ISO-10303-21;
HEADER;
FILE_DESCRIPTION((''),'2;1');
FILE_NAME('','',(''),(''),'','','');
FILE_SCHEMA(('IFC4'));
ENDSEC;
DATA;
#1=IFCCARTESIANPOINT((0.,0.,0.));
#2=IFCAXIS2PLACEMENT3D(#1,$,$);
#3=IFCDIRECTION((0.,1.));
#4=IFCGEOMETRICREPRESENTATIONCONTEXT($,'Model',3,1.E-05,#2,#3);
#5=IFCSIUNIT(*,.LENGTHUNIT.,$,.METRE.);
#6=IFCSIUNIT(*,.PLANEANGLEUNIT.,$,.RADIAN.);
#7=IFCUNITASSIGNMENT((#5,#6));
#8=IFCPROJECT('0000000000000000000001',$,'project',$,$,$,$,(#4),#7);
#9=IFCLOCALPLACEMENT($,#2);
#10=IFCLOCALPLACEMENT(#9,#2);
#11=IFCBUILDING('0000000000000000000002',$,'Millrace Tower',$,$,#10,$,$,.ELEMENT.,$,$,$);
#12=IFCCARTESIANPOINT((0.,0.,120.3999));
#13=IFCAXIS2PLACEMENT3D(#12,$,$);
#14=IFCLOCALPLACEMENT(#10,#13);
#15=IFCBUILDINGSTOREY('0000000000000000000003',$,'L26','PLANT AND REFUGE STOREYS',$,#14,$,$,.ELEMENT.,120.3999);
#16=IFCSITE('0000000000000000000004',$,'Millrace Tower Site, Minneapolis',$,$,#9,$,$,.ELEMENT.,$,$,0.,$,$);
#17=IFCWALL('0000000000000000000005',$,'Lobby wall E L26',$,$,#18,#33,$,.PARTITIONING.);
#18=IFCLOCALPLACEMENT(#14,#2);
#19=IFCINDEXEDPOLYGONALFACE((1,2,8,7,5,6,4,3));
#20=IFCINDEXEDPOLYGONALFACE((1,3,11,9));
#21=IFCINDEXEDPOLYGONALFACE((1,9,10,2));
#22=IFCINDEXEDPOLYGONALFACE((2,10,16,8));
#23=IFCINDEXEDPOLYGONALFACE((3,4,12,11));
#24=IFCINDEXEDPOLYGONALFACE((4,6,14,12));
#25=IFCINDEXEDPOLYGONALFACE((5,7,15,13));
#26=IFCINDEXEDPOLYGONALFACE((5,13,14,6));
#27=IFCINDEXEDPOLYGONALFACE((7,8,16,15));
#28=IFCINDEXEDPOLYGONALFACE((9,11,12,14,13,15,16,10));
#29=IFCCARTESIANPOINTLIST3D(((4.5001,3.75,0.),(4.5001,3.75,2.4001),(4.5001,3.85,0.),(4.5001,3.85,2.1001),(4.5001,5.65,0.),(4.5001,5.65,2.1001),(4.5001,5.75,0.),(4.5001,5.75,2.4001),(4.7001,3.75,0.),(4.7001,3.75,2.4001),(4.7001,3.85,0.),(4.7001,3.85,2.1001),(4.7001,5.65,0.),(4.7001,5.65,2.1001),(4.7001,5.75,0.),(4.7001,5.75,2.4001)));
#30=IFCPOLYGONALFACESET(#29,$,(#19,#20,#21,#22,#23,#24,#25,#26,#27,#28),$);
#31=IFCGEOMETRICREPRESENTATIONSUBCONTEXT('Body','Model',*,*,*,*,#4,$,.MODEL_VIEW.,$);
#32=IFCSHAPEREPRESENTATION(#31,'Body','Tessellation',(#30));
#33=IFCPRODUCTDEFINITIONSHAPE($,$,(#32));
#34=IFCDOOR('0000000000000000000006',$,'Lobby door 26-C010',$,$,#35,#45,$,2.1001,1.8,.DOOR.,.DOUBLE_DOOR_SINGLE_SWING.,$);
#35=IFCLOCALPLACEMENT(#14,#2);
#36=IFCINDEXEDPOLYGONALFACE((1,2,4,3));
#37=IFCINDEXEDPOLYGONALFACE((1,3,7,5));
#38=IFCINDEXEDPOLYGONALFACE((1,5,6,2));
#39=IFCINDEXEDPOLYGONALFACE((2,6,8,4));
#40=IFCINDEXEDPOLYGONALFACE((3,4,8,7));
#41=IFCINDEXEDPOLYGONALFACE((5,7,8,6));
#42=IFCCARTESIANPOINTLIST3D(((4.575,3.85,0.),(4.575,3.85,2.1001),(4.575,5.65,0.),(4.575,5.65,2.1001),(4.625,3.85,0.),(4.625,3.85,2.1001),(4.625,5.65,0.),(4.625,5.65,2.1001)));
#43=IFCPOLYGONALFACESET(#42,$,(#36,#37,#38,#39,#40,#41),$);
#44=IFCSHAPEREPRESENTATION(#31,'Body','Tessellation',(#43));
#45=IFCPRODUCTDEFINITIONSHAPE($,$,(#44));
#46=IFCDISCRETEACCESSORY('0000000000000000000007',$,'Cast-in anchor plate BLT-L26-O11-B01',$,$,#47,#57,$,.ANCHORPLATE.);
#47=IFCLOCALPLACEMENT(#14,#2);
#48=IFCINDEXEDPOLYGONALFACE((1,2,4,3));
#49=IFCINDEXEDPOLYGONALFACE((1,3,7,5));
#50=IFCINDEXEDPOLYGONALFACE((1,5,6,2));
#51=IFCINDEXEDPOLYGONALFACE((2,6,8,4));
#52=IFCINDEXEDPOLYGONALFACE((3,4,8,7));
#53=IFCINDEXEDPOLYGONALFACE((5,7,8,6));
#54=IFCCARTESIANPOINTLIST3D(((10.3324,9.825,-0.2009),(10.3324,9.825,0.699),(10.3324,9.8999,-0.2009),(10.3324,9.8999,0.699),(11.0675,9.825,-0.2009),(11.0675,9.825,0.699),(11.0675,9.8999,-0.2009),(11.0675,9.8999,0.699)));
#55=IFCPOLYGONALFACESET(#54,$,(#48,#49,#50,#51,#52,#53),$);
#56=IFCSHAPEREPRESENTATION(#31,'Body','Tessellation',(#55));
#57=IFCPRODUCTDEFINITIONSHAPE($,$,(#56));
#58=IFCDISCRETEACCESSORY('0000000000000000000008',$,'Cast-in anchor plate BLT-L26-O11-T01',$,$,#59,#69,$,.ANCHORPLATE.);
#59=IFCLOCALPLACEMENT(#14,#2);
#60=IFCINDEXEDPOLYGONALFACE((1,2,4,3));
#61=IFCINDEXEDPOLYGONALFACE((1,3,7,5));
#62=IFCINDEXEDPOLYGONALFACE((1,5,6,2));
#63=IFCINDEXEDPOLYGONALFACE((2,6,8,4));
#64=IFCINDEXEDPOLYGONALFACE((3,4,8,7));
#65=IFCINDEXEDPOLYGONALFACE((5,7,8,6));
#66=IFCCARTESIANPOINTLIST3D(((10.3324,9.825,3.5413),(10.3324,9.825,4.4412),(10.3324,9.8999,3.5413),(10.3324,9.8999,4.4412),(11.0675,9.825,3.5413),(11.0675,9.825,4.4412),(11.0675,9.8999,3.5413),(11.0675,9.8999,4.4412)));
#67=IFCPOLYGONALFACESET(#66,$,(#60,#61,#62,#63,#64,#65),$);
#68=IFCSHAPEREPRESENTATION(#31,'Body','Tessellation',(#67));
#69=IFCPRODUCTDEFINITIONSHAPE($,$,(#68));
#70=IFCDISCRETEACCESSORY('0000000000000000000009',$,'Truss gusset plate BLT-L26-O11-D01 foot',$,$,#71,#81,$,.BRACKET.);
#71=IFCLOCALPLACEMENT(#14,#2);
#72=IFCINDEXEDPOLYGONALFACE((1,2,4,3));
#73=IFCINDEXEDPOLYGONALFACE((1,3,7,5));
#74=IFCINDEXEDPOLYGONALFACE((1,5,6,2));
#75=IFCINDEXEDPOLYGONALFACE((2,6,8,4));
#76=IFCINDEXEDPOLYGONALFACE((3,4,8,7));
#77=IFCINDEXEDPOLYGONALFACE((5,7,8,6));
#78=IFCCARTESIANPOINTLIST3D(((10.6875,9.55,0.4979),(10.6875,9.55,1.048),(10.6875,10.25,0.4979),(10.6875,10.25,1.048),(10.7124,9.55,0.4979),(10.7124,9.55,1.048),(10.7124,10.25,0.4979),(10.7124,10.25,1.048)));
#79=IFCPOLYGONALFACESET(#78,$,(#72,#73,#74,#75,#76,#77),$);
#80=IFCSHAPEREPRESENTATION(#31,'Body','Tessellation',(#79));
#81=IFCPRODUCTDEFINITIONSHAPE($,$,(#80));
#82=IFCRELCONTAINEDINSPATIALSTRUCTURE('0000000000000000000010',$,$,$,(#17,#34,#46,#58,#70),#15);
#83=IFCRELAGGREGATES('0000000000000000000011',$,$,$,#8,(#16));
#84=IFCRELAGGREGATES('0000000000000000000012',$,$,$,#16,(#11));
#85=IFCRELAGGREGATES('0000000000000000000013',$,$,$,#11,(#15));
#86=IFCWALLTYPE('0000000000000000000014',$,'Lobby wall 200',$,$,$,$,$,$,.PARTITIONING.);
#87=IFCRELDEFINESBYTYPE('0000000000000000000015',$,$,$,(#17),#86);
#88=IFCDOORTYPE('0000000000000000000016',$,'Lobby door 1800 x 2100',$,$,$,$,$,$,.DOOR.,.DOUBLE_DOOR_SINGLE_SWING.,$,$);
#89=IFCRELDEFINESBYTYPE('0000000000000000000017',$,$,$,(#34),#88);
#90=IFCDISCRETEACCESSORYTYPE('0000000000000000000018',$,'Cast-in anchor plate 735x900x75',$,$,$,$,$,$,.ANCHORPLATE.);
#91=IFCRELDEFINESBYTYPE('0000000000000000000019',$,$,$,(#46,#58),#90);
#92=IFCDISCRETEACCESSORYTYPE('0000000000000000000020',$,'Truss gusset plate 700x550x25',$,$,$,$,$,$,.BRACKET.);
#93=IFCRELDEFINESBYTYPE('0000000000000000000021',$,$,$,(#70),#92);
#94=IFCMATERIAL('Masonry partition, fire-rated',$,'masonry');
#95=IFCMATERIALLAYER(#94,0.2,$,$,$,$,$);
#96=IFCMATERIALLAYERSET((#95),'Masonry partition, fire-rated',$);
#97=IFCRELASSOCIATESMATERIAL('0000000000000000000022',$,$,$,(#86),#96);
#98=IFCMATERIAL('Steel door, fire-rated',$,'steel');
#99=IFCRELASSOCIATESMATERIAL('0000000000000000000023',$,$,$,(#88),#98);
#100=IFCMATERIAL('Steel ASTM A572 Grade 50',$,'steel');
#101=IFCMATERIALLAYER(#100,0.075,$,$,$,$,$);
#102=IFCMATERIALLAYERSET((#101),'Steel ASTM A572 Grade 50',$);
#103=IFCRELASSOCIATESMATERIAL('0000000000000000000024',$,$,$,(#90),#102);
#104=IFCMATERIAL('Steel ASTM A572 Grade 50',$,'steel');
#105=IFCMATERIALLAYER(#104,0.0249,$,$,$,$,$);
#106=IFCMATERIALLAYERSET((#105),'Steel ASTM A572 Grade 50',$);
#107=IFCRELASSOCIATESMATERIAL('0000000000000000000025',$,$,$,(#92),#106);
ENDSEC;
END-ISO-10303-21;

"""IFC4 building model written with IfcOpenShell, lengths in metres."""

from ifc_helpers import new_model, si_unit, direction, frame, frame_2d, origin, origin_2d, place, context, subcontext, project, spatial, rectangle, extrude, material, layer, layer_set, type_object, element, fill, save


model = new_model("IFC4")

# Units and contexts
model_context = context("Model", 3, precision=1e-05, world=origin(), true_north=direction((0.0, 1.0)))
body_context = subcontext(model_context, "Body", "Model", "MODEL_VIEW")
ifc_project = project(units=[si_unit("LENGTHUNIT", "METRE"), si_unit("PLANEANGLEUNIT", "RADIAN")], contexts=[model_context])

# Site, building, storey
site_placement = place(None, origin())
site = spatial("IfcSite", under=ifc_project, at=site_placement, Name="Millrace Tower Site, Minneapolis", CompositionType="ELEMENT", RefElevation=0.0)
building_placement = place(site_placement, origin())
building = spatial("IfcBuilding", under=site, at=building_placement, Name="Millrace Tower", CompositionType="ELEMENT")
storey_placement = place(building_placement, frame((0.0, 0.0, 120.3999)))
storey = spatial("IfcBuildingStorey", under=building, at=storey_placement, Name="L26", Description="PLANT AND REFUGE STOREYS", CompositionType="ELEMENT", Elevation=120.3999)

# Wall, opening, door
ifc_material_1 = material(Name="Masonry partition, fire-rated", Category="masonry")
ifc_layer_1 = layer(ifc_material_1, 0.2)
ifc_layer_set_1 = layer_set([ifc_layer_1], Name="Masonry partition, fire-rated")
wall_type_1 = type_object("IfcWallType", Name="Lobby wall 200", PredefinedType="PARTITIONING", material=ifc_layer_set_1)
wall_1_placement = place(storey_placement, frame((4.6001, 5.75, 0.0), z_axis=(0.0, 0.0, 1.0), x_axis=(0.0, -1.0, 0.0)))
wall_1 = element("IfcWall", 1, at=wall_1_placement, inside=storey, type_object=wall_type_1, Name="Lobby wall E L26", PredefinedType="PARTITIONING", context=body_context, shape_type="SweptSolid", body=[
    extrude(rectangle(XDim=2.0, YDim=0.2, at=frame_2d((1.0, 0.0))), origin(), (0.0, 0.0, 1.0), 2.4001),
])
opening_placement = place(wall_1_placement, frame((0.1001, 0.0, 0.0)))
opening = element("IfcOpeningElement", 2, at=opening_placement, cuts=wall_1, PredefinedType="OPENING", context=body_context, shape_type="SweptSolid", body=[
    extrude(rectangle(XDim=1.8, YDim=2.1001, at=frame_2d((0.8999, 1.05))), frame((0.0, 0.1099, 0.0), z_axis=(0.0, -1.0, 0.0), x_axis=(1.0, 0.0, 0.0)), (0.0, 0.0, 1.0), 0.22),
])
ifc_material_2 = material(Name="Steel door, fire-rated", Category="steel")
door_type = type_object("IfcDoorType", Name="Lobby door 1800 x 2100", OperationType="DOUBLE_DOOR_SINGLE_SWING", PredefinedType="DOOR", material=ifc_material_2)
door_placement = place(opening_placement, origin())
door = element("IfcDoor", 3, at=door_placement, inside=storey, type_object=door_type, Name="Lobby door 26-C010", OperationType="DOUBLE_DOOR_SINGLE_SWING", OverallHeight=2.1001, OverallWidth=1.8, PredefinedType="DOOR", context=body_context, shape_type="SweptSolid", body=[
    extrude(rectangle(XDim=1.8, YDim=2.1001, at=frame_2d((0.8999, 1.05))), frame((0.0, 0.0249, 0.0), z_axis=(0.0, -1.0, 0.0), x_axis=(1.0, 0.0, 0.0)), (0.0, 0.0, 1.0), 0.05),
])
fill(opening, door)

# Discrete accessories
ifc_material_3 = material(Name="Steel ASTM A572 Grade 50", Category="steel")
ifc_layer_2 = layer(ifc_material_3, 0.075)
ifc_layer_set_2 = layer_set([ifc_layer_2], Name="Steel ASTM A572 Grade 50")
discrete_accessory_type_1 = type_object("IfcDiscreteAccessoryType", Name="Cast-in anchor plate 735x900x75", PredefinedType="ANCHORPLATE", material=ifc_layer_set_2)
for number, where, z_axis, x_axis, name in (
    (4, (10.7, 9.825, 0.249), (0.0, 1.0, 0.0), (-1.0, 0.0, 0.0), "Cast-in anchor plate BLT-L26-O11-B01"),
    (5, (10.7, 9.825, 3.9912), (0.0, 1.0, 0.0), (-1.0, 0.0, 0.0), "Cast-in anchor plate BLT-L26-O11-T01"),
):
    element("IfcDiscreteAccessory", number, at=place(storey_placement, frame(where, z_axis=z_axis, x_axis=x_axis)), inside=storey, type_object=discrete_accessory_type_1, Name=name, PredefinedType="ANCHORPLATE", context=body_context, shape_type="SweptSolid", body=[
        extrude(rectangle(XDim=0.7351, YDim=0.8999, at=origin_2d()), origin(), (0.0, 0.0, 1.0), 0.075),
    ])
ifc_material_4 = material(Name="Steel ASTM A572 Grade 50", Category="steel")
ifc_layer_3 = layer(ifc_material_4, 0.0249)
ifc_layer_set_3 = layer_set([ifc_layer_3], Name="Steel ASTM A572 Grade 50")
discrete_accessory_type_2 = type_object("IfcDiscreteAccessoryType", Name="Truss gusset plate 700x550x25", PredefinedType="BRACKET", material=ifc_layer_set_3)
discrete_accessory_placement = place(storey_placement, frame((10.7, 9.55, 0.7729), z_axis=(0.0, 1.0, 0.0), x_axis=(-1.0, 0.0, 0.0)))
element("IfcDiscreteAccessory", 6, at=discrete_accessory_placement, inside=storey, type_object=discrete_accessory_type_2, Name="Truss gusset plate BLT-L26-O11-D01 foot", PredefinedType="BRACKET", context=body_context, shape_type="SweptSolid", body=[
    extrude(rectangle(XDim=0.0249, YDim=0.55, at=origin_2d()), origin(), (0.0, 0.0, 1.0), 0.7),
])

save(model, "model.ifc")
